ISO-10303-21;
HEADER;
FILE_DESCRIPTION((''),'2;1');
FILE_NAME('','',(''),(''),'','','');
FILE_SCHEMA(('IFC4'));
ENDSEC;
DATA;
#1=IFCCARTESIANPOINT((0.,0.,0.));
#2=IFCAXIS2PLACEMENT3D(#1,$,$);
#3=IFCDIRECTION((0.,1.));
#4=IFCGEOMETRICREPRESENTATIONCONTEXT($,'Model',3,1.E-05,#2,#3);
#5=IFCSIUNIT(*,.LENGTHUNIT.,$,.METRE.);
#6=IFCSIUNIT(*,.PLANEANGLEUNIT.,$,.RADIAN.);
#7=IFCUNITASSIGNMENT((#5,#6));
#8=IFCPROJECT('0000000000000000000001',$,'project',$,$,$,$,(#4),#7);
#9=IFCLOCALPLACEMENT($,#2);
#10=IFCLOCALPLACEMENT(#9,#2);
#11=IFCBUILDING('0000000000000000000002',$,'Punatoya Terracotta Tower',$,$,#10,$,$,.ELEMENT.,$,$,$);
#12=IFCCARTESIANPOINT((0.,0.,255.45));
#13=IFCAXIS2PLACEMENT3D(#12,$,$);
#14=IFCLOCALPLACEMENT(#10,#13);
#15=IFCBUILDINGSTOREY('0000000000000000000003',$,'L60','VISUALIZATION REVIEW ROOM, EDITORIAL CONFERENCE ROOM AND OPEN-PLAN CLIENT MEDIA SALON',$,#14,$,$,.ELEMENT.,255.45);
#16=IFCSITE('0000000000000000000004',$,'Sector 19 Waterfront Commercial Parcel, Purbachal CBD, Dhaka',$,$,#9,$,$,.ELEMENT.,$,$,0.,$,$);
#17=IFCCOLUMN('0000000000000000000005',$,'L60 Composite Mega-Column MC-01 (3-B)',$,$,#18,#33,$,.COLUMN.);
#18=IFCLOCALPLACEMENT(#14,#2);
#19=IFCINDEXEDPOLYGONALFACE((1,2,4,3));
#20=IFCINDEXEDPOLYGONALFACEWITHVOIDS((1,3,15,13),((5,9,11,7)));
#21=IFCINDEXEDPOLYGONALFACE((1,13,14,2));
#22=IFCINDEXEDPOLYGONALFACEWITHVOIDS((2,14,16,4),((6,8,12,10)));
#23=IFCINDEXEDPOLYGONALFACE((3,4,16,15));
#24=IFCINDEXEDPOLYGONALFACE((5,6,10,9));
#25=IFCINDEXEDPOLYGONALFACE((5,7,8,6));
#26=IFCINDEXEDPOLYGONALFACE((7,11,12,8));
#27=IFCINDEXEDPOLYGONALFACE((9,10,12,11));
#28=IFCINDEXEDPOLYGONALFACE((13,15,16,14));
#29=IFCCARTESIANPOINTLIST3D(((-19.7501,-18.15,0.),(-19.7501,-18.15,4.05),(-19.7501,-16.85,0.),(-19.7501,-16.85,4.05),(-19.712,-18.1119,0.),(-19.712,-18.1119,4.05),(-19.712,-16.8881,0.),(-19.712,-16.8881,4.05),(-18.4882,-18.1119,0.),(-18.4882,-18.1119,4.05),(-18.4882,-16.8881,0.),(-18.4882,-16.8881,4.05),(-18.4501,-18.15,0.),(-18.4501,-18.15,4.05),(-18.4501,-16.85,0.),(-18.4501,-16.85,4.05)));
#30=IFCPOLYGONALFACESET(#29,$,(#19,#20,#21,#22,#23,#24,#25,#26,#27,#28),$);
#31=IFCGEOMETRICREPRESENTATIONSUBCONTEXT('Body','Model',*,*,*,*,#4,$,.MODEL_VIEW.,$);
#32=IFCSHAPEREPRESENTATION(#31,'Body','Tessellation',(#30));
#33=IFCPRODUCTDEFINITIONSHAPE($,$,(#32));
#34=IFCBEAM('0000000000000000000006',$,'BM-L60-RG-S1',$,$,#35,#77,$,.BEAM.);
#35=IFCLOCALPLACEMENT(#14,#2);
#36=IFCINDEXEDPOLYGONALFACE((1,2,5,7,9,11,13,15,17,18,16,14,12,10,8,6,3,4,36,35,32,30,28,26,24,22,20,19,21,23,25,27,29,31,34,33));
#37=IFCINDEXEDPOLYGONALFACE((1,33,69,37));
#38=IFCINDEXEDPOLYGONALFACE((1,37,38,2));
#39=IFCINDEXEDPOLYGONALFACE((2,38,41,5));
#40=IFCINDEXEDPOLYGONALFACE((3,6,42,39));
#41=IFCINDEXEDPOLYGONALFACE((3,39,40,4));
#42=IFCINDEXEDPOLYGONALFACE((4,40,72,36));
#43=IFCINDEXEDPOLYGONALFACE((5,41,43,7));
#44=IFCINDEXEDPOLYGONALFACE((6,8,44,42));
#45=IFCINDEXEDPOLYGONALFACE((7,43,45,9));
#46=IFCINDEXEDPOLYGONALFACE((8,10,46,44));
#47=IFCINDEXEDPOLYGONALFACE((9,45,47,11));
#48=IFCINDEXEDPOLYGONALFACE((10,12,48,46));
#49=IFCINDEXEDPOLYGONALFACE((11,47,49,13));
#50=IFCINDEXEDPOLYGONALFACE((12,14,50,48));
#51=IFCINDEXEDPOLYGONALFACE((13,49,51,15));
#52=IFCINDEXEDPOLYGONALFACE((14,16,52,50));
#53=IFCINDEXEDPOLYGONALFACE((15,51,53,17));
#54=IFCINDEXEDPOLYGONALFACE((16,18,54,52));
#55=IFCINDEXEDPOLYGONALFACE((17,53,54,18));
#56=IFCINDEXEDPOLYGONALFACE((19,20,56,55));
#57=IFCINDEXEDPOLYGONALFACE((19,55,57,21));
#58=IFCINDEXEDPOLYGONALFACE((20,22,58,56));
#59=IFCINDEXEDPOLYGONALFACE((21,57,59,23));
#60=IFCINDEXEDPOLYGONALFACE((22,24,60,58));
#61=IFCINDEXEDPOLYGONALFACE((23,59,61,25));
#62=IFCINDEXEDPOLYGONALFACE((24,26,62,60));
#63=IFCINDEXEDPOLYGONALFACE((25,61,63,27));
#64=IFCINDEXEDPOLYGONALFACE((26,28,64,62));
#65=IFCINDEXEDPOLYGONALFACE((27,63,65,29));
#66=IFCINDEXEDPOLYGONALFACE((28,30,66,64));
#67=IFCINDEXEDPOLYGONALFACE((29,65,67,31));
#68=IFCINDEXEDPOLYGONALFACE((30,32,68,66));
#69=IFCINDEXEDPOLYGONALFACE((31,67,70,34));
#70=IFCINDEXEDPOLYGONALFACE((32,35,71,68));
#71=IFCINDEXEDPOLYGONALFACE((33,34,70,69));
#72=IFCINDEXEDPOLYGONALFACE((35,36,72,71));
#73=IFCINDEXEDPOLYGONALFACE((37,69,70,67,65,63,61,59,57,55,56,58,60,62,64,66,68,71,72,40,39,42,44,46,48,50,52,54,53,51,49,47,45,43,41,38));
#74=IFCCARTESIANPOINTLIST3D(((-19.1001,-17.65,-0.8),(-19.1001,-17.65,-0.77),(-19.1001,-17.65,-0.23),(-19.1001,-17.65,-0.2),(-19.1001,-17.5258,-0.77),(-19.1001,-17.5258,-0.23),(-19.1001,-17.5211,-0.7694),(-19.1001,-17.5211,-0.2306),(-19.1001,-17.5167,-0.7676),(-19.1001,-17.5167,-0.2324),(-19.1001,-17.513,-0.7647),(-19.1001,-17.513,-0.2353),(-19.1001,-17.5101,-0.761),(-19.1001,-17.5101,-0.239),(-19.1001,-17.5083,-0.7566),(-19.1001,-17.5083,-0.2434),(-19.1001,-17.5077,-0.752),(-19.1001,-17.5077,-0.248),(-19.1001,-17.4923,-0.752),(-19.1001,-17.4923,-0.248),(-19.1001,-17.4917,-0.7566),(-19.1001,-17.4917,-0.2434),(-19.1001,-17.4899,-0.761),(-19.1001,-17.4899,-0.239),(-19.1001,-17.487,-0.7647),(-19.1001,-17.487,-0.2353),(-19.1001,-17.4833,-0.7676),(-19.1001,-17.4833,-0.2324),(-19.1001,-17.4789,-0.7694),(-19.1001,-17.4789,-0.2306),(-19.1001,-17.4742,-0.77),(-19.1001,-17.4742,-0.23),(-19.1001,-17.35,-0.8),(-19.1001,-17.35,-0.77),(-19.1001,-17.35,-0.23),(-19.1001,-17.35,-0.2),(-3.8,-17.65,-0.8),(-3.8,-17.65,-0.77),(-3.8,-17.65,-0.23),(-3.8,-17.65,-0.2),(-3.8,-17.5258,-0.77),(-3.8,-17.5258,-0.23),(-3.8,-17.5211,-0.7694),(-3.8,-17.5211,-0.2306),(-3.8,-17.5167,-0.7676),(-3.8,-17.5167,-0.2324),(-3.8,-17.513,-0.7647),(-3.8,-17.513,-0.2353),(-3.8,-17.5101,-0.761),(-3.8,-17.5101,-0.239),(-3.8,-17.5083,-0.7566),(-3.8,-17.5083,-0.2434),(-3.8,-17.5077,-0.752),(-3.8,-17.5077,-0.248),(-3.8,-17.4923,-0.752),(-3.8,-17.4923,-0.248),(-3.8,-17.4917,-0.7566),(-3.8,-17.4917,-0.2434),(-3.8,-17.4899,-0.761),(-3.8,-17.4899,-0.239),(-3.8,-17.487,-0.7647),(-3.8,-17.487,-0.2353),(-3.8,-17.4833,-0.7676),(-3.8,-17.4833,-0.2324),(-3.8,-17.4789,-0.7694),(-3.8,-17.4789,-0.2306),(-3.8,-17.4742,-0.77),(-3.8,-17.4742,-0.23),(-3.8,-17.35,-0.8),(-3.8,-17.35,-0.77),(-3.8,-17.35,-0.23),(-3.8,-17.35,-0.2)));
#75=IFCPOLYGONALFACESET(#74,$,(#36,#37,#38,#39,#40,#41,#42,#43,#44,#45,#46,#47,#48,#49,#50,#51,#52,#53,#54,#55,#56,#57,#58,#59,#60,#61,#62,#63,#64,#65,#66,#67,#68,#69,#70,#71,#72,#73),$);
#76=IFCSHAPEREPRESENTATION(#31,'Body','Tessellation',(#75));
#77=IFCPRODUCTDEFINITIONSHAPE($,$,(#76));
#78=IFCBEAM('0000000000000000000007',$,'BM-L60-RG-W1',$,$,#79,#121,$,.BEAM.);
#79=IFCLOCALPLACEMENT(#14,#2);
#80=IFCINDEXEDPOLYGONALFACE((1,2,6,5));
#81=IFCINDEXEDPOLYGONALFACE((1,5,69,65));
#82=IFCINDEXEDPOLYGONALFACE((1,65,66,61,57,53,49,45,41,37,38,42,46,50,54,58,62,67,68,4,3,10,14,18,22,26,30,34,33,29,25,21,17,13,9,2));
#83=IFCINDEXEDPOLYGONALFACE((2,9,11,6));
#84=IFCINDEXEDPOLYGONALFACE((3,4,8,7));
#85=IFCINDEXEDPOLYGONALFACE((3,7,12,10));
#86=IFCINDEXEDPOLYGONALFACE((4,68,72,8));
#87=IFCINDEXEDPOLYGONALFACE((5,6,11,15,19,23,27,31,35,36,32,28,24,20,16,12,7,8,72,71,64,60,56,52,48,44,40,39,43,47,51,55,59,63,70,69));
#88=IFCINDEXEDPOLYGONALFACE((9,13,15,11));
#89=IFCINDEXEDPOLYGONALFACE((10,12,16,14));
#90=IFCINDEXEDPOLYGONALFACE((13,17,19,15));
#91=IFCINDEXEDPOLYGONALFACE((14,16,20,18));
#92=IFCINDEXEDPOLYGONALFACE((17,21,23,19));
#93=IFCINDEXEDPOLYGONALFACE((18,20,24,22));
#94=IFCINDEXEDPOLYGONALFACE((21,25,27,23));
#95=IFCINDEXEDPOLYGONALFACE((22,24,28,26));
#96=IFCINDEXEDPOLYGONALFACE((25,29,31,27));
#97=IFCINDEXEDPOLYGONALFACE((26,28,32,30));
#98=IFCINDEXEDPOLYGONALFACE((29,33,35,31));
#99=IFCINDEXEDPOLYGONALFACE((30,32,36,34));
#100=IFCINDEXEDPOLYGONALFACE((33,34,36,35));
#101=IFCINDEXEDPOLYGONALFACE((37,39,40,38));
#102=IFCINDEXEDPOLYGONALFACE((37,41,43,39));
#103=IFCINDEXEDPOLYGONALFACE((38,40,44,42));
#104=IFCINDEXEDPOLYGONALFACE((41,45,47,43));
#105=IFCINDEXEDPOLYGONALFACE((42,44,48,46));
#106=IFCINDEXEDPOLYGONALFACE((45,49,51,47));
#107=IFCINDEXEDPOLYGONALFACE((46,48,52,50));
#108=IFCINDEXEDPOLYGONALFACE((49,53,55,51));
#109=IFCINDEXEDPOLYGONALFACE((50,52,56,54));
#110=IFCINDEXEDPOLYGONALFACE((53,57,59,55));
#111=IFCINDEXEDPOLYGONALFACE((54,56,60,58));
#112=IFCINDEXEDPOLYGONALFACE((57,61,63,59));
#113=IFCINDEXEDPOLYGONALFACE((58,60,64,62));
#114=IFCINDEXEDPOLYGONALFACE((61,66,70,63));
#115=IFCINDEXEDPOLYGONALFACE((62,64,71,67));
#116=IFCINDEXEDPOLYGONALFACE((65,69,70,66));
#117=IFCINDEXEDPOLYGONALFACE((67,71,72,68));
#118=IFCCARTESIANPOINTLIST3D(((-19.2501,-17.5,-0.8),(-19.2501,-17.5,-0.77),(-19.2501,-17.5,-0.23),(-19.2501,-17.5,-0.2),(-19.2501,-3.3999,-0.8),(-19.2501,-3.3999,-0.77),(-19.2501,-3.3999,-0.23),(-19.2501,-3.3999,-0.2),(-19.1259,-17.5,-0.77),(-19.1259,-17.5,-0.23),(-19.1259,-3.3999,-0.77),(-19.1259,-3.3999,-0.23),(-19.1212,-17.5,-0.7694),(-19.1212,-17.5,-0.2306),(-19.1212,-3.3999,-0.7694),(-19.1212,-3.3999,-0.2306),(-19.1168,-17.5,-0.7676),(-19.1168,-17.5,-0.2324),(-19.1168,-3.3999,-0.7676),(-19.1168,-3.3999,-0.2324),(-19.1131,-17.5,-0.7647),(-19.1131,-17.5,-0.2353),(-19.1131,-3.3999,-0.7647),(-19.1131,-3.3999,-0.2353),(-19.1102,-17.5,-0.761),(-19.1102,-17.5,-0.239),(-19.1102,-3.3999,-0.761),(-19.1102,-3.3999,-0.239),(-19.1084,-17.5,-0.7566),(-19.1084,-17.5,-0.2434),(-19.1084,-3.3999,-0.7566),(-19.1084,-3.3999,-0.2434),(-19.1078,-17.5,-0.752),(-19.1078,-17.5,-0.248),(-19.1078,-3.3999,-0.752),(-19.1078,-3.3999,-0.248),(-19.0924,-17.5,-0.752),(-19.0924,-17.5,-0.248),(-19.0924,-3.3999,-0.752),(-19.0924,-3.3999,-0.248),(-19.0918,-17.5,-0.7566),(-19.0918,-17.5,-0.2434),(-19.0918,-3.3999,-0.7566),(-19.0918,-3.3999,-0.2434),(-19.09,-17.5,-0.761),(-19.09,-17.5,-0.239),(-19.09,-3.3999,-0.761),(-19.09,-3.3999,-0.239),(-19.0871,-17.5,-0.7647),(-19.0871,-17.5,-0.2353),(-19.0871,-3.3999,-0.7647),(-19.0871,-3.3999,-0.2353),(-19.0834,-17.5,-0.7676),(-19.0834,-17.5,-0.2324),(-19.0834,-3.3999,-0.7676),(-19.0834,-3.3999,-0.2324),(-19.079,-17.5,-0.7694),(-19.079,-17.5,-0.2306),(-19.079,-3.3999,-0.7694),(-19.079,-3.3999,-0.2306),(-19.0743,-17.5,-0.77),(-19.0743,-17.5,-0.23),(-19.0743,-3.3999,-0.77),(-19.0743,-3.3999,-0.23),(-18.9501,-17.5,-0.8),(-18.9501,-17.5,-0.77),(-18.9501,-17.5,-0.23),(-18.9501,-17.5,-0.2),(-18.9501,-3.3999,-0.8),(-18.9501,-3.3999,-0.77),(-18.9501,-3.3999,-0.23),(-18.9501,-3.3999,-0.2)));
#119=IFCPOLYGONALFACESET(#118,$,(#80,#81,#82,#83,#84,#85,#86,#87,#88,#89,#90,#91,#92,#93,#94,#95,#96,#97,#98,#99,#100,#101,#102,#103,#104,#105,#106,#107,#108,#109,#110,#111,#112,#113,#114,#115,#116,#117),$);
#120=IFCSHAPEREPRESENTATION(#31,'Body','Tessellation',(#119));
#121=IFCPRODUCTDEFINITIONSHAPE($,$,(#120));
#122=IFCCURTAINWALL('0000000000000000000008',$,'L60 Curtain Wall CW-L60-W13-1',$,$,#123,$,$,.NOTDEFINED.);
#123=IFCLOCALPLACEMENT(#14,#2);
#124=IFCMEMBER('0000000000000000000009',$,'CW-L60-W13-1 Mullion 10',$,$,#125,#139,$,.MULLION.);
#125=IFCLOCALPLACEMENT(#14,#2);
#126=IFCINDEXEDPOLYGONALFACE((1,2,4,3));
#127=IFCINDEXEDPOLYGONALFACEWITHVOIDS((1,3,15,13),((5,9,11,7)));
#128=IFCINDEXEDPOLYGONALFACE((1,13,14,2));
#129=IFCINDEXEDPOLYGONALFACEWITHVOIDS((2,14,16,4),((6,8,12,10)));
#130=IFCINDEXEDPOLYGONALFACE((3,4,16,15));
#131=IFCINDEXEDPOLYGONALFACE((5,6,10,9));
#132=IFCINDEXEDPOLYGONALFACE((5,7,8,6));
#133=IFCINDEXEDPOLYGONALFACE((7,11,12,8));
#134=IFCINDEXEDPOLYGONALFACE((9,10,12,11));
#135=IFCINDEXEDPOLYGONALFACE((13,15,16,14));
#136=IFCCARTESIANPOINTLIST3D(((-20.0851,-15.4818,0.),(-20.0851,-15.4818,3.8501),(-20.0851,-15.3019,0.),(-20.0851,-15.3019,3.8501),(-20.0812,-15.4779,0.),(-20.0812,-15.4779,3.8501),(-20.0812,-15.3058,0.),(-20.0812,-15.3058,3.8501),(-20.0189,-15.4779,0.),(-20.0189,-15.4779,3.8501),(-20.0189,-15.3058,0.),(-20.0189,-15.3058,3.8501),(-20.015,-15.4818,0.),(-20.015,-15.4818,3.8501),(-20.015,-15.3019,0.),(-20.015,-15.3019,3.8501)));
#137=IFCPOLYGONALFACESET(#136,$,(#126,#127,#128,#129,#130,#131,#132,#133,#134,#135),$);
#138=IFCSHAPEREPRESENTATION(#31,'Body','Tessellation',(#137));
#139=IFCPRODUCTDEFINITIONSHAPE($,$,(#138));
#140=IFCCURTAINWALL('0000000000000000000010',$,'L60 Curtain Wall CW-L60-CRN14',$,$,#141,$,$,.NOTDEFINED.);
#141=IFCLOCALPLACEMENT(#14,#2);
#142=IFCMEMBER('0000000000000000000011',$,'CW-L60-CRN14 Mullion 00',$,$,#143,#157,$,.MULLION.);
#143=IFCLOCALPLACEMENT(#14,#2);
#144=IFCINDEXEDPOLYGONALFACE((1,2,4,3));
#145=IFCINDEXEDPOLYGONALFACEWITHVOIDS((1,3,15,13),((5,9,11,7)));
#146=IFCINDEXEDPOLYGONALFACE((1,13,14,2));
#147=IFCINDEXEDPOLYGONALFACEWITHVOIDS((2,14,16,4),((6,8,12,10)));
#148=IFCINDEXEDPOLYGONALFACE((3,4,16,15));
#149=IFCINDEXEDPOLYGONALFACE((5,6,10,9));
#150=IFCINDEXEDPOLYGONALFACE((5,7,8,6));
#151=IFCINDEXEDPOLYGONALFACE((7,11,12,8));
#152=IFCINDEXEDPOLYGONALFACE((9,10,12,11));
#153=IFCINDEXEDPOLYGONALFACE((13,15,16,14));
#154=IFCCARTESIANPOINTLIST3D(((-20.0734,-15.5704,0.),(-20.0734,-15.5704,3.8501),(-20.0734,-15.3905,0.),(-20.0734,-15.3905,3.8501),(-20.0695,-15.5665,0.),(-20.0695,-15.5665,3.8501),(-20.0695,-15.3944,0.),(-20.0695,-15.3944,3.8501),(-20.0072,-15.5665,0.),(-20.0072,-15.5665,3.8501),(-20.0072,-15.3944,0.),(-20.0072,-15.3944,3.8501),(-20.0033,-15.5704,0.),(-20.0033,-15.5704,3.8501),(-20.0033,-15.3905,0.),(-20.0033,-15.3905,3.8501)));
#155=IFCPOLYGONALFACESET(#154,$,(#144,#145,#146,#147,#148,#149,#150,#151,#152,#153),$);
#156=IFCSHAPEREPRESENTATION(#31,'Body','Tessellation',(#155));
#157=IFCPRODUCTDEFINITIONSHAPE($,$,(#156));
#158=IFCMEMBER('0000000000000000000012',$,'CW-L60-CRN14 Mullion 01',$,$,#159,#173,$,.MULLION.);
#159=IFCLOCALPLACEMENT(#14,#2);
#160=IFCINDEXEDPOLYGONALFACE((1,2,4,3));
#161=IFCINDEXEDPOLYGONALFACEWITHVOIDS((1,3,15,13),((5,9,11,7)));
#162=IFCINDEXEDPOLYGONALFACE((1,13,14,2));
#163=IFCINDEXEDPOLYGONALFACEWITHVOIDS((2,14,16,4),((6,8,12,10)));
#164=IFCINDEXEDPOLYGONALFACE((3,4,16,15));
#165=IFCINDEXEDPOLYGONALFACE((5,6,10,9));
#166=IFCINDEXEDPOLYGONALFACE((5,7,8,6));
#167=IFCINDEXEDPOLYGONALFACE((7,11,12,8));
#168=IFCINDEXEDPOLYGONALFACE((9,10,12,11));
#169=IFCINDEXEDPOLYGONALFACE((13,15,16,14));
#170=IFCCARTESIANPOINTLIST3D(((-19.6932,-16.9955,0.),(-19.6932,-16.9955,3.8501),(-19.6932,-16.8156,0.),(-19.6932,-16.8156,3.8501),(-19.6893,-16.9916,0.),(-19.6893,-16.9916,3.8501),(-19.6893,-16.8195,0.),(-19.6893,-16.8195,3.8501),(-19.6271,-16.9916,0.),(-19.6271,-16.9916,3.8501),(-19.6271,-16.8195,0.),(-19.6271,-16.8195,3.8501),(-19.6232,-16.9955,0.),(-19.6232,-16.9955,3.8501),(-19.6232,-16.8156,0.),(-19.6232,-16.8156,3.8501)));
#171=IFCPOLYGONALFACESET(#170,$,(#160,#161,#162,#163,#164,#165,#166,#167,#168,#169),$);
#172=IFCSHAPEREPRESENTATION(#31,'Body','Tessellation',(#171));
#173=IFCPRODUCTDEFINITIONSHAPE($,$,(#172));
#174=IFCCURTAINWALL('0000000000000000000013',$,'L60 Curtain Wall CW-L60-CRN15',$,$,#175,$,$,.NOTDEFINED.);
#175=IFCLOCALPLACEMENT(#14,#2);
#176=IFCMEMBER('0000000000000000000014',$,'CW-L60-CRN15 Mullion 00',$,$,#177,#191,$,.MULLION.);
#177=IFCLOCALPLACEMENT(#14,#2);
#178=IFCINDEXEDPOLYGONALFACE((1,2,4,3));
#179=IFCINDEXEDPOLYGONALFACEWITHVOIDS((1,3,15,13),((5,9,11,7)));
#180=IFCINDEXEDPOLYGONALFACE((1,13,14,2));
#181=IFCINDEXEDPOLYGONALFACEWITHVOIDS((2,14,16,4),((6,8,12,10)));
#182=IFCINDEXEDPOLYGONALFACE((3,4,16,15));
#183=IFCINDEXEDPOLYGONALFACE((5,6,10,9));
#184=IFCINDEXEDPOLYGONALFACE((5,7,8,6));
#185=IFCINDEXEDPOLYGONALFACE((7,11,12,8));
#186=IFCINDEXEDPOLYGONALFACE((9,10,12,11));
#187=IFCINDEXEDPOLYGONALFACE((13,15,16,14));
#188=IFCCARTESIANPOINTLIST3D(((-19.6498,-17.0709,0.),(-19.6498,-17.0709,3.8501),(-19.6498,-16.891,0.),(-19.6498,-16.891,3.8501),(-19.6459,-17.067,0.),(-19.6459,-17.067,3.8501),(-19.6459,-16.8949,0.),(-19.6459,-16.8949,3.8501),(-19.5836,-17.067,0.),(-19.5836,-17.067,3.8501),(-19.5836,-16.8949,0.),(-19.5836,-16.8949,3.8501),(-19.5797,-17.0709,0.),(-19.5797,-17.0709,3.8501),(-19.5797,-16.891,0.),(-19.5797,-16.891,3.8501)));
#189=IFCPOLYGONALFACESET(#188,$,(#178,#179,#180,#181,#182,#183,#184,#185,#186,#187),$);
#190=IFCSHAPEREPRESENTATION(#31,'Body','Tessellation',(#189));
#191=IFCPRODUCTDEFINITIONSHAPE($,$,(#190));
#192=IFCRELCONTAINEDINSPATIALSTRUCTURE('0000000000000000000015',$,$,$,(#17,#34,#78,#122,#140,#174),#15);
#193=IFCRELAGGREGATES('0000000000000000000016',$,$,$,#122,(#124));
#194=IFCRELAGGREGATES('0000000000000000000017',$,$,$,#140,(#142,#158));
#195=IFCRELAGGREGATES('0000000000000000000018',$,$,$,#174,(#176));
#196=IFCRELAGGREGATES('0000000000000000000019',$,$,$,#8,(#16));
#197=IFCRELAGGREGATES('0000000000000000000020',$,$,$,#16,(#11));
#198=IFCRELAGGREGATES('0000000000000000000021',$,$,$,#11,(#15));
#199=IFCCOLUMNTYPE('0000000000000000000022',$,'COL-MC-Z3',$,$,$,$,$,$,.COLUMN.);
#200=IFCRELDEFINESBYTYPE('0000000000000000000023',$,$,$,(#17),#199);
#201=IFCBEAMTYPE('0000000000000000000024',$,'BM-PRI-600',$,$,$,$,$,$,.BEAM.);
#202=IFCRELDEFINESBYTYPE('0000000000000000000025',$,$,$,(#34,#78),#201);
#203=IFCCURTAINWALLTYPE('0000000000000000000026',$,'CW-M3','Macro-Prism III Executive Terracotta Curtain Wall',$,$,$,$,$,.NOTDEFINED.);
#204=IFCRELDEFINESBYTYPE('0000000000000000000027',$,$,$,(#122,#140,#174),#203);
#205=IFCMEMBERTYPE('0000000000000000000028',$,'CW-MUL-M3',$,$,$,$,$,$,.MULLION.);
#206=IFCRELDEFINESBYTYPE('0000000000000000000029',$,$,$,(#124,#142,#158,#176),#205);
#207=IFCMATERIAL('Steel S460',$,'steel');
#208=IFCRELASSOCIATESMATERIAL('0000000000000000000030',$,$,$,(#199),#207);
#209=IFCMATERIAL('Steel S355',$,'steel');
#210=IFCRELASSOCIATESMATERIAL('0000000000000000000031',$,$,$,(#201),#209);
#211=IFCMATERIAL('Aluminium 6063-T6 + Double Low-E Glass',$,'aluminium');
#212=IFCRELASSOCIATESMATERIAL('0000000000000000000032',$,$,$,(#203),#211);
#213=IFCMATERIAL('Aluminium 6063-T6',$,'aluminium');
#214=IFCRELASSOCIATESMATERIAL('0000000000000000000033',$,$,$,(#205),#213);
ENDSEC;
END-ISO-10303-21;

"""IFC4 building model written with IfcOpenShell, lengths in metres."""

from ifc_helpers import new_model, si_unit, direction, frame, origin, origin_2d, place, context, subcontext, project, spatial, hollow_rectangle, i_section, extrude, material, material_profile, profile_set, type_object, element, aggregate, save


model = new_model("IFC4")

# Units and contexts
model_context = context("Model", 3, precision=1e-05, world=origin(), true_north=direction((0.0, 1.0)))
body_context = subcontext(model_context, "Body", "Model", "MODEL_VIEW")
ifc_project = project(units=[si_unit("LENGTHUNIT", "METRE"), si_unit("PLANEANGLEUNIT", "RADIAN")], contexts=[model_context])

# Site, building, storey
site_placement = place(None, origin())
site = spatial("IfcSite", under=ifc_project, at=site_placement, Name="Sector 19 Waterfront Commercial Parcel, Purbachal CBD, Dhaka", CompositionType="ELEMENT", RefElevation=0.0)
building_placement = place(site_placement, origin())
building = spatial("IfcBuilding", under=site, at=building_placement, Name="Punatoya Terracotta Tower", CompositionType="ELEMENT")
storey_placement = place(building_placement, frame((0.0, 0.0, 255.45)))
storey = spatial("IfcBuildingStorey", under=building, at=storey_placement, Name="L60", Description="VISUALIZATION REVIEW ROOM, EDITORIAL CONFERENCE ROOM AND OPEN-PLAN CLIENT MEDIA SALON", CompositionType="ELEMENT", Elevation=255.45)

# Column
ifc_material_1 = material(Name="Steel S460", Category="steel")
ifc_material_profile_1 = material_profile(ifc_material_1, hollow_rectangle(XDim=1.3, YDim=1.3, WallThickness=0.0381, at=origin_2d()))
ifc_profile_set_1 = profile_set([ifc_material_profile_1], Name="Steel S460")
column_type = type_object("IfcColumnType", Name="COL-MC-Z3", PredefinedType="COLUMN", material=ifc_profile_set_1)
column_placement = place(storey_placement, frame((-19.1001, -17.5, 0.0), z_axis=(0.0, 0.0, 1.0), x_axis=(1.0, 0.0, 0.0)))
element("IfcColumn", 1, at=column_placement, inside=storey, type_object=column_type, Name="L60 Composite Mega-Column MC-01 (3-B)", PredefinedType="COLUMN", context=body_context, shape_type="SweptSolid", body=[
    extrude(hollow_rectangle(XDim=1.3, YDim=1.3, WallThickness=0.0381, at=origin_2d()), origin(), (0.0, 0.0, 1.0), 4.05),
])

# Beams
ifc_material_2 = material(Name="Steel S355", Category="steel")
ifc_material_profile_2 = material_profile(ifc_material_2, i_section(OverallWidth=0.3, OverallDepth=0.6001, WebThickness=0.0154, FlangeThickness=0.03, FilletRadius=0.0181, at=origin_2d()))
ifc_profile_set_2 = profile_set([ifc_material_profile_2], Name="Steel S355")
beam_type = type_object("IfcBeamType", Name="BM-PRI-600", PredefinedType="BEAM", material=ifc_profile_set_2)
beam_1_placement = place(storey_placement, frame((-19.1001, -17.5, -0.5), z_axis=(1.0, 0.0, 0.0), x_axis=(0.0, 1.0, 0.0)))
element("IfcBeam", 2, at=beam_1_placement, inside=storey, type_object=beam_type, Name="BM-L60-RG-S1", PredefinedType="BEAM", context=body_context, shape_type="SweptSolid", body=[
    extrude(i_section(OverallWidth=0.3, OverallDepth=0.6001, WebThickness=0.0154, FlangeThickness=0.03, FilletRadius=0.0181, at=origin_2d()), origin(), (0.0, 0.0, 1.0), 15.3),
])
beam_2_placement = place(storey_placement, frame((-19.1001, -17.5, -0.5), z_axis=(0.0, 1.0, 0.0), x_axis=(-1.0, 0.0, 0.0)))
element("IfcBeam", 3, at=beam_2_placement, inside=storey, type_object=beam_type, Name="BM-L60-RG-W1", PredefinedType="BEAM", context=body_context, shape_type="SweptSolid", body=[
    extrude(i_section(OverallWidth=0.3, OverallDepth=0.6001, WebThickness=0.0154, FlangeThickness=0.03, FilletRadius=0.0181, at=origin_2d()), origin(), (0.0, 0.0, 1.0), 14.1001),
])

# Curtain wall, member
ifc_material_3 = material(Name="Aluminium 6063-T6 + Double Low-E Glass", Category="aluminium")
curtain_wall_type = type_object("IfcCurtainWallType", Name="CW-M3", Description="Macro-Prism III Executive Terracotta Curtain Wall", PredefinedType="NOTDEFINED", material=ifc_material_3)
curtain_wall_1_placement = place(storey_placement, origin())
curtain_wall_1 = element("IfcCurtainWall", 4, at=curtain_wall_1_placement, inside=storey, type_object=curtain_wall_type, Name="L60 Curtain Wall CW-L60-W13-1", PredefinedType="NOTDEFINED")
ifc_material_4 = material(Name="Aluminium 6063-T6", Category="aluminium")
ifc_material_profile_3 = material_profile(ifc_material_4, hollow_rectangle(XDim=0.0701, YDim=0.1799, WallThickness=0.0039, at=origin_2d()))
ifc_profile_set_3 = profile_set([ifc_material_profile_3], Name="Aluminium 6063-T6")
member_type_1 = type_object("IfcMemberType", Name="CW-MUL-M3", PredefinedType="MULLION", material=ifc_profile_set_3)
member_1_placement = place(storey_placement, frame((-20.05, -15.3918, 0.0), z_axis=(0.0, 0.0, 1.0), x_axis=(1.0, 0.0, 0.0)))
member_1 = element("IfcMember", 5, at=member_1_placement, type_object=member_type_1, Name="CW-L60-W13-1 Mullion 10", PredefinedType="MULLION", context=body_context, shape_type="SweptSolid", body=[
    extrude(hollow_rectangle(XDim=0.0701, YDim=0.1799, WallThickness=0.0039, at=origin_2d()), origin(), (0.0, 0.0, 1.0), 3.8501),
])

# Curtain walls, members
curtain_wall_2_placement = place(storey_placement, origin())
curtain_wall_2 = element("IfcCurtainWall", 6, at=curtain_wall_2_placement, inside=storey, type_object=curtain_wall_type, Name="L60 Curtain Wall CW-L60-CRN14", PredefinedType="NOTDEFINED")
member_2_placement = place(storey_placement, frame((-20.0383, -15.4805, 0.0), z_axis=(0.0, 0.0, 1.0), x_axis=(1.0, 0.0, 0.0)))
member_2 = element("IfcMember", 7, at=member_2_placement, type_object=member_type_1, Name="CW-L60-CRN14 Mullion 00", PredefinedType="MULLION", context=body_context, shape_type="SweptSolid", body=[
    extrude(hollow_rectangle(XDim=0.0701, YDim=0.1799, WallThickness=0.0039, at=origin_2d()), origin(), (0.0, 0.0, 1.0), 3.8501),
])
member_3_placement = place(storey_placement, frame((-19.6582, -16.9055, 0.0), z_axis=(0.0, 0.0, 1.0), x_axis=(1.0, 0.0, 0.0)))
member_3 = element("IfcMember", 8, at=member_3_placement, type_object=member_type_1, Name="CW-L60-CRN14 Mullion 01", PredefinedType="MULLION", context=body_context, shape_type="SweptSolid", body=[
    extrude(hollow_rectangle(XDim=0.0701, YDim=0.1799, WallThickness=0.0039, at=origin_2d()), origin(), (0.0, 0.0, 1.0), 3.8501),
])
curtain_wall_3_placement = place(storey_placement, origin())
curtain_wall_3 = element("IfcCurtainWall", 9, at=curtain_wall_3_placement, inside=storey, type_object=curtain_wall_type, Name="L60 Curtain Wall CW-L60-CRN15", PredefinedType="NOTDEFINED")
member_4_placement = place(storey_placement, frame((-19.6147, -16.981, 0.0), z_axis=(0.0, 0.0, 1.0), x_axis=(1.0, 0.0, 0.0)))
member_4 = element("IfcMember", 10, at=member_4_placement, type_object=member_type_1, Name="CW-L60-CRN15 Mullion 00", PredefinedType="MULLION", context=body_context, shape_type="SweptSolid", body=[
    extrude(hollow_rectangle(XDim=0.0701, YDim=0.1799, WallThickness=0.0039, at=origin_2d()), origin(), (0.0, 0.0, 1.0), 3.8501),
])

aggregate(curtain_wall_1, [member_1])
aggregate(curtain_wall_2, [member_2, member_3])
aggregate(curtain_wall_3, [member_4])

save(model, "model.ifc")
